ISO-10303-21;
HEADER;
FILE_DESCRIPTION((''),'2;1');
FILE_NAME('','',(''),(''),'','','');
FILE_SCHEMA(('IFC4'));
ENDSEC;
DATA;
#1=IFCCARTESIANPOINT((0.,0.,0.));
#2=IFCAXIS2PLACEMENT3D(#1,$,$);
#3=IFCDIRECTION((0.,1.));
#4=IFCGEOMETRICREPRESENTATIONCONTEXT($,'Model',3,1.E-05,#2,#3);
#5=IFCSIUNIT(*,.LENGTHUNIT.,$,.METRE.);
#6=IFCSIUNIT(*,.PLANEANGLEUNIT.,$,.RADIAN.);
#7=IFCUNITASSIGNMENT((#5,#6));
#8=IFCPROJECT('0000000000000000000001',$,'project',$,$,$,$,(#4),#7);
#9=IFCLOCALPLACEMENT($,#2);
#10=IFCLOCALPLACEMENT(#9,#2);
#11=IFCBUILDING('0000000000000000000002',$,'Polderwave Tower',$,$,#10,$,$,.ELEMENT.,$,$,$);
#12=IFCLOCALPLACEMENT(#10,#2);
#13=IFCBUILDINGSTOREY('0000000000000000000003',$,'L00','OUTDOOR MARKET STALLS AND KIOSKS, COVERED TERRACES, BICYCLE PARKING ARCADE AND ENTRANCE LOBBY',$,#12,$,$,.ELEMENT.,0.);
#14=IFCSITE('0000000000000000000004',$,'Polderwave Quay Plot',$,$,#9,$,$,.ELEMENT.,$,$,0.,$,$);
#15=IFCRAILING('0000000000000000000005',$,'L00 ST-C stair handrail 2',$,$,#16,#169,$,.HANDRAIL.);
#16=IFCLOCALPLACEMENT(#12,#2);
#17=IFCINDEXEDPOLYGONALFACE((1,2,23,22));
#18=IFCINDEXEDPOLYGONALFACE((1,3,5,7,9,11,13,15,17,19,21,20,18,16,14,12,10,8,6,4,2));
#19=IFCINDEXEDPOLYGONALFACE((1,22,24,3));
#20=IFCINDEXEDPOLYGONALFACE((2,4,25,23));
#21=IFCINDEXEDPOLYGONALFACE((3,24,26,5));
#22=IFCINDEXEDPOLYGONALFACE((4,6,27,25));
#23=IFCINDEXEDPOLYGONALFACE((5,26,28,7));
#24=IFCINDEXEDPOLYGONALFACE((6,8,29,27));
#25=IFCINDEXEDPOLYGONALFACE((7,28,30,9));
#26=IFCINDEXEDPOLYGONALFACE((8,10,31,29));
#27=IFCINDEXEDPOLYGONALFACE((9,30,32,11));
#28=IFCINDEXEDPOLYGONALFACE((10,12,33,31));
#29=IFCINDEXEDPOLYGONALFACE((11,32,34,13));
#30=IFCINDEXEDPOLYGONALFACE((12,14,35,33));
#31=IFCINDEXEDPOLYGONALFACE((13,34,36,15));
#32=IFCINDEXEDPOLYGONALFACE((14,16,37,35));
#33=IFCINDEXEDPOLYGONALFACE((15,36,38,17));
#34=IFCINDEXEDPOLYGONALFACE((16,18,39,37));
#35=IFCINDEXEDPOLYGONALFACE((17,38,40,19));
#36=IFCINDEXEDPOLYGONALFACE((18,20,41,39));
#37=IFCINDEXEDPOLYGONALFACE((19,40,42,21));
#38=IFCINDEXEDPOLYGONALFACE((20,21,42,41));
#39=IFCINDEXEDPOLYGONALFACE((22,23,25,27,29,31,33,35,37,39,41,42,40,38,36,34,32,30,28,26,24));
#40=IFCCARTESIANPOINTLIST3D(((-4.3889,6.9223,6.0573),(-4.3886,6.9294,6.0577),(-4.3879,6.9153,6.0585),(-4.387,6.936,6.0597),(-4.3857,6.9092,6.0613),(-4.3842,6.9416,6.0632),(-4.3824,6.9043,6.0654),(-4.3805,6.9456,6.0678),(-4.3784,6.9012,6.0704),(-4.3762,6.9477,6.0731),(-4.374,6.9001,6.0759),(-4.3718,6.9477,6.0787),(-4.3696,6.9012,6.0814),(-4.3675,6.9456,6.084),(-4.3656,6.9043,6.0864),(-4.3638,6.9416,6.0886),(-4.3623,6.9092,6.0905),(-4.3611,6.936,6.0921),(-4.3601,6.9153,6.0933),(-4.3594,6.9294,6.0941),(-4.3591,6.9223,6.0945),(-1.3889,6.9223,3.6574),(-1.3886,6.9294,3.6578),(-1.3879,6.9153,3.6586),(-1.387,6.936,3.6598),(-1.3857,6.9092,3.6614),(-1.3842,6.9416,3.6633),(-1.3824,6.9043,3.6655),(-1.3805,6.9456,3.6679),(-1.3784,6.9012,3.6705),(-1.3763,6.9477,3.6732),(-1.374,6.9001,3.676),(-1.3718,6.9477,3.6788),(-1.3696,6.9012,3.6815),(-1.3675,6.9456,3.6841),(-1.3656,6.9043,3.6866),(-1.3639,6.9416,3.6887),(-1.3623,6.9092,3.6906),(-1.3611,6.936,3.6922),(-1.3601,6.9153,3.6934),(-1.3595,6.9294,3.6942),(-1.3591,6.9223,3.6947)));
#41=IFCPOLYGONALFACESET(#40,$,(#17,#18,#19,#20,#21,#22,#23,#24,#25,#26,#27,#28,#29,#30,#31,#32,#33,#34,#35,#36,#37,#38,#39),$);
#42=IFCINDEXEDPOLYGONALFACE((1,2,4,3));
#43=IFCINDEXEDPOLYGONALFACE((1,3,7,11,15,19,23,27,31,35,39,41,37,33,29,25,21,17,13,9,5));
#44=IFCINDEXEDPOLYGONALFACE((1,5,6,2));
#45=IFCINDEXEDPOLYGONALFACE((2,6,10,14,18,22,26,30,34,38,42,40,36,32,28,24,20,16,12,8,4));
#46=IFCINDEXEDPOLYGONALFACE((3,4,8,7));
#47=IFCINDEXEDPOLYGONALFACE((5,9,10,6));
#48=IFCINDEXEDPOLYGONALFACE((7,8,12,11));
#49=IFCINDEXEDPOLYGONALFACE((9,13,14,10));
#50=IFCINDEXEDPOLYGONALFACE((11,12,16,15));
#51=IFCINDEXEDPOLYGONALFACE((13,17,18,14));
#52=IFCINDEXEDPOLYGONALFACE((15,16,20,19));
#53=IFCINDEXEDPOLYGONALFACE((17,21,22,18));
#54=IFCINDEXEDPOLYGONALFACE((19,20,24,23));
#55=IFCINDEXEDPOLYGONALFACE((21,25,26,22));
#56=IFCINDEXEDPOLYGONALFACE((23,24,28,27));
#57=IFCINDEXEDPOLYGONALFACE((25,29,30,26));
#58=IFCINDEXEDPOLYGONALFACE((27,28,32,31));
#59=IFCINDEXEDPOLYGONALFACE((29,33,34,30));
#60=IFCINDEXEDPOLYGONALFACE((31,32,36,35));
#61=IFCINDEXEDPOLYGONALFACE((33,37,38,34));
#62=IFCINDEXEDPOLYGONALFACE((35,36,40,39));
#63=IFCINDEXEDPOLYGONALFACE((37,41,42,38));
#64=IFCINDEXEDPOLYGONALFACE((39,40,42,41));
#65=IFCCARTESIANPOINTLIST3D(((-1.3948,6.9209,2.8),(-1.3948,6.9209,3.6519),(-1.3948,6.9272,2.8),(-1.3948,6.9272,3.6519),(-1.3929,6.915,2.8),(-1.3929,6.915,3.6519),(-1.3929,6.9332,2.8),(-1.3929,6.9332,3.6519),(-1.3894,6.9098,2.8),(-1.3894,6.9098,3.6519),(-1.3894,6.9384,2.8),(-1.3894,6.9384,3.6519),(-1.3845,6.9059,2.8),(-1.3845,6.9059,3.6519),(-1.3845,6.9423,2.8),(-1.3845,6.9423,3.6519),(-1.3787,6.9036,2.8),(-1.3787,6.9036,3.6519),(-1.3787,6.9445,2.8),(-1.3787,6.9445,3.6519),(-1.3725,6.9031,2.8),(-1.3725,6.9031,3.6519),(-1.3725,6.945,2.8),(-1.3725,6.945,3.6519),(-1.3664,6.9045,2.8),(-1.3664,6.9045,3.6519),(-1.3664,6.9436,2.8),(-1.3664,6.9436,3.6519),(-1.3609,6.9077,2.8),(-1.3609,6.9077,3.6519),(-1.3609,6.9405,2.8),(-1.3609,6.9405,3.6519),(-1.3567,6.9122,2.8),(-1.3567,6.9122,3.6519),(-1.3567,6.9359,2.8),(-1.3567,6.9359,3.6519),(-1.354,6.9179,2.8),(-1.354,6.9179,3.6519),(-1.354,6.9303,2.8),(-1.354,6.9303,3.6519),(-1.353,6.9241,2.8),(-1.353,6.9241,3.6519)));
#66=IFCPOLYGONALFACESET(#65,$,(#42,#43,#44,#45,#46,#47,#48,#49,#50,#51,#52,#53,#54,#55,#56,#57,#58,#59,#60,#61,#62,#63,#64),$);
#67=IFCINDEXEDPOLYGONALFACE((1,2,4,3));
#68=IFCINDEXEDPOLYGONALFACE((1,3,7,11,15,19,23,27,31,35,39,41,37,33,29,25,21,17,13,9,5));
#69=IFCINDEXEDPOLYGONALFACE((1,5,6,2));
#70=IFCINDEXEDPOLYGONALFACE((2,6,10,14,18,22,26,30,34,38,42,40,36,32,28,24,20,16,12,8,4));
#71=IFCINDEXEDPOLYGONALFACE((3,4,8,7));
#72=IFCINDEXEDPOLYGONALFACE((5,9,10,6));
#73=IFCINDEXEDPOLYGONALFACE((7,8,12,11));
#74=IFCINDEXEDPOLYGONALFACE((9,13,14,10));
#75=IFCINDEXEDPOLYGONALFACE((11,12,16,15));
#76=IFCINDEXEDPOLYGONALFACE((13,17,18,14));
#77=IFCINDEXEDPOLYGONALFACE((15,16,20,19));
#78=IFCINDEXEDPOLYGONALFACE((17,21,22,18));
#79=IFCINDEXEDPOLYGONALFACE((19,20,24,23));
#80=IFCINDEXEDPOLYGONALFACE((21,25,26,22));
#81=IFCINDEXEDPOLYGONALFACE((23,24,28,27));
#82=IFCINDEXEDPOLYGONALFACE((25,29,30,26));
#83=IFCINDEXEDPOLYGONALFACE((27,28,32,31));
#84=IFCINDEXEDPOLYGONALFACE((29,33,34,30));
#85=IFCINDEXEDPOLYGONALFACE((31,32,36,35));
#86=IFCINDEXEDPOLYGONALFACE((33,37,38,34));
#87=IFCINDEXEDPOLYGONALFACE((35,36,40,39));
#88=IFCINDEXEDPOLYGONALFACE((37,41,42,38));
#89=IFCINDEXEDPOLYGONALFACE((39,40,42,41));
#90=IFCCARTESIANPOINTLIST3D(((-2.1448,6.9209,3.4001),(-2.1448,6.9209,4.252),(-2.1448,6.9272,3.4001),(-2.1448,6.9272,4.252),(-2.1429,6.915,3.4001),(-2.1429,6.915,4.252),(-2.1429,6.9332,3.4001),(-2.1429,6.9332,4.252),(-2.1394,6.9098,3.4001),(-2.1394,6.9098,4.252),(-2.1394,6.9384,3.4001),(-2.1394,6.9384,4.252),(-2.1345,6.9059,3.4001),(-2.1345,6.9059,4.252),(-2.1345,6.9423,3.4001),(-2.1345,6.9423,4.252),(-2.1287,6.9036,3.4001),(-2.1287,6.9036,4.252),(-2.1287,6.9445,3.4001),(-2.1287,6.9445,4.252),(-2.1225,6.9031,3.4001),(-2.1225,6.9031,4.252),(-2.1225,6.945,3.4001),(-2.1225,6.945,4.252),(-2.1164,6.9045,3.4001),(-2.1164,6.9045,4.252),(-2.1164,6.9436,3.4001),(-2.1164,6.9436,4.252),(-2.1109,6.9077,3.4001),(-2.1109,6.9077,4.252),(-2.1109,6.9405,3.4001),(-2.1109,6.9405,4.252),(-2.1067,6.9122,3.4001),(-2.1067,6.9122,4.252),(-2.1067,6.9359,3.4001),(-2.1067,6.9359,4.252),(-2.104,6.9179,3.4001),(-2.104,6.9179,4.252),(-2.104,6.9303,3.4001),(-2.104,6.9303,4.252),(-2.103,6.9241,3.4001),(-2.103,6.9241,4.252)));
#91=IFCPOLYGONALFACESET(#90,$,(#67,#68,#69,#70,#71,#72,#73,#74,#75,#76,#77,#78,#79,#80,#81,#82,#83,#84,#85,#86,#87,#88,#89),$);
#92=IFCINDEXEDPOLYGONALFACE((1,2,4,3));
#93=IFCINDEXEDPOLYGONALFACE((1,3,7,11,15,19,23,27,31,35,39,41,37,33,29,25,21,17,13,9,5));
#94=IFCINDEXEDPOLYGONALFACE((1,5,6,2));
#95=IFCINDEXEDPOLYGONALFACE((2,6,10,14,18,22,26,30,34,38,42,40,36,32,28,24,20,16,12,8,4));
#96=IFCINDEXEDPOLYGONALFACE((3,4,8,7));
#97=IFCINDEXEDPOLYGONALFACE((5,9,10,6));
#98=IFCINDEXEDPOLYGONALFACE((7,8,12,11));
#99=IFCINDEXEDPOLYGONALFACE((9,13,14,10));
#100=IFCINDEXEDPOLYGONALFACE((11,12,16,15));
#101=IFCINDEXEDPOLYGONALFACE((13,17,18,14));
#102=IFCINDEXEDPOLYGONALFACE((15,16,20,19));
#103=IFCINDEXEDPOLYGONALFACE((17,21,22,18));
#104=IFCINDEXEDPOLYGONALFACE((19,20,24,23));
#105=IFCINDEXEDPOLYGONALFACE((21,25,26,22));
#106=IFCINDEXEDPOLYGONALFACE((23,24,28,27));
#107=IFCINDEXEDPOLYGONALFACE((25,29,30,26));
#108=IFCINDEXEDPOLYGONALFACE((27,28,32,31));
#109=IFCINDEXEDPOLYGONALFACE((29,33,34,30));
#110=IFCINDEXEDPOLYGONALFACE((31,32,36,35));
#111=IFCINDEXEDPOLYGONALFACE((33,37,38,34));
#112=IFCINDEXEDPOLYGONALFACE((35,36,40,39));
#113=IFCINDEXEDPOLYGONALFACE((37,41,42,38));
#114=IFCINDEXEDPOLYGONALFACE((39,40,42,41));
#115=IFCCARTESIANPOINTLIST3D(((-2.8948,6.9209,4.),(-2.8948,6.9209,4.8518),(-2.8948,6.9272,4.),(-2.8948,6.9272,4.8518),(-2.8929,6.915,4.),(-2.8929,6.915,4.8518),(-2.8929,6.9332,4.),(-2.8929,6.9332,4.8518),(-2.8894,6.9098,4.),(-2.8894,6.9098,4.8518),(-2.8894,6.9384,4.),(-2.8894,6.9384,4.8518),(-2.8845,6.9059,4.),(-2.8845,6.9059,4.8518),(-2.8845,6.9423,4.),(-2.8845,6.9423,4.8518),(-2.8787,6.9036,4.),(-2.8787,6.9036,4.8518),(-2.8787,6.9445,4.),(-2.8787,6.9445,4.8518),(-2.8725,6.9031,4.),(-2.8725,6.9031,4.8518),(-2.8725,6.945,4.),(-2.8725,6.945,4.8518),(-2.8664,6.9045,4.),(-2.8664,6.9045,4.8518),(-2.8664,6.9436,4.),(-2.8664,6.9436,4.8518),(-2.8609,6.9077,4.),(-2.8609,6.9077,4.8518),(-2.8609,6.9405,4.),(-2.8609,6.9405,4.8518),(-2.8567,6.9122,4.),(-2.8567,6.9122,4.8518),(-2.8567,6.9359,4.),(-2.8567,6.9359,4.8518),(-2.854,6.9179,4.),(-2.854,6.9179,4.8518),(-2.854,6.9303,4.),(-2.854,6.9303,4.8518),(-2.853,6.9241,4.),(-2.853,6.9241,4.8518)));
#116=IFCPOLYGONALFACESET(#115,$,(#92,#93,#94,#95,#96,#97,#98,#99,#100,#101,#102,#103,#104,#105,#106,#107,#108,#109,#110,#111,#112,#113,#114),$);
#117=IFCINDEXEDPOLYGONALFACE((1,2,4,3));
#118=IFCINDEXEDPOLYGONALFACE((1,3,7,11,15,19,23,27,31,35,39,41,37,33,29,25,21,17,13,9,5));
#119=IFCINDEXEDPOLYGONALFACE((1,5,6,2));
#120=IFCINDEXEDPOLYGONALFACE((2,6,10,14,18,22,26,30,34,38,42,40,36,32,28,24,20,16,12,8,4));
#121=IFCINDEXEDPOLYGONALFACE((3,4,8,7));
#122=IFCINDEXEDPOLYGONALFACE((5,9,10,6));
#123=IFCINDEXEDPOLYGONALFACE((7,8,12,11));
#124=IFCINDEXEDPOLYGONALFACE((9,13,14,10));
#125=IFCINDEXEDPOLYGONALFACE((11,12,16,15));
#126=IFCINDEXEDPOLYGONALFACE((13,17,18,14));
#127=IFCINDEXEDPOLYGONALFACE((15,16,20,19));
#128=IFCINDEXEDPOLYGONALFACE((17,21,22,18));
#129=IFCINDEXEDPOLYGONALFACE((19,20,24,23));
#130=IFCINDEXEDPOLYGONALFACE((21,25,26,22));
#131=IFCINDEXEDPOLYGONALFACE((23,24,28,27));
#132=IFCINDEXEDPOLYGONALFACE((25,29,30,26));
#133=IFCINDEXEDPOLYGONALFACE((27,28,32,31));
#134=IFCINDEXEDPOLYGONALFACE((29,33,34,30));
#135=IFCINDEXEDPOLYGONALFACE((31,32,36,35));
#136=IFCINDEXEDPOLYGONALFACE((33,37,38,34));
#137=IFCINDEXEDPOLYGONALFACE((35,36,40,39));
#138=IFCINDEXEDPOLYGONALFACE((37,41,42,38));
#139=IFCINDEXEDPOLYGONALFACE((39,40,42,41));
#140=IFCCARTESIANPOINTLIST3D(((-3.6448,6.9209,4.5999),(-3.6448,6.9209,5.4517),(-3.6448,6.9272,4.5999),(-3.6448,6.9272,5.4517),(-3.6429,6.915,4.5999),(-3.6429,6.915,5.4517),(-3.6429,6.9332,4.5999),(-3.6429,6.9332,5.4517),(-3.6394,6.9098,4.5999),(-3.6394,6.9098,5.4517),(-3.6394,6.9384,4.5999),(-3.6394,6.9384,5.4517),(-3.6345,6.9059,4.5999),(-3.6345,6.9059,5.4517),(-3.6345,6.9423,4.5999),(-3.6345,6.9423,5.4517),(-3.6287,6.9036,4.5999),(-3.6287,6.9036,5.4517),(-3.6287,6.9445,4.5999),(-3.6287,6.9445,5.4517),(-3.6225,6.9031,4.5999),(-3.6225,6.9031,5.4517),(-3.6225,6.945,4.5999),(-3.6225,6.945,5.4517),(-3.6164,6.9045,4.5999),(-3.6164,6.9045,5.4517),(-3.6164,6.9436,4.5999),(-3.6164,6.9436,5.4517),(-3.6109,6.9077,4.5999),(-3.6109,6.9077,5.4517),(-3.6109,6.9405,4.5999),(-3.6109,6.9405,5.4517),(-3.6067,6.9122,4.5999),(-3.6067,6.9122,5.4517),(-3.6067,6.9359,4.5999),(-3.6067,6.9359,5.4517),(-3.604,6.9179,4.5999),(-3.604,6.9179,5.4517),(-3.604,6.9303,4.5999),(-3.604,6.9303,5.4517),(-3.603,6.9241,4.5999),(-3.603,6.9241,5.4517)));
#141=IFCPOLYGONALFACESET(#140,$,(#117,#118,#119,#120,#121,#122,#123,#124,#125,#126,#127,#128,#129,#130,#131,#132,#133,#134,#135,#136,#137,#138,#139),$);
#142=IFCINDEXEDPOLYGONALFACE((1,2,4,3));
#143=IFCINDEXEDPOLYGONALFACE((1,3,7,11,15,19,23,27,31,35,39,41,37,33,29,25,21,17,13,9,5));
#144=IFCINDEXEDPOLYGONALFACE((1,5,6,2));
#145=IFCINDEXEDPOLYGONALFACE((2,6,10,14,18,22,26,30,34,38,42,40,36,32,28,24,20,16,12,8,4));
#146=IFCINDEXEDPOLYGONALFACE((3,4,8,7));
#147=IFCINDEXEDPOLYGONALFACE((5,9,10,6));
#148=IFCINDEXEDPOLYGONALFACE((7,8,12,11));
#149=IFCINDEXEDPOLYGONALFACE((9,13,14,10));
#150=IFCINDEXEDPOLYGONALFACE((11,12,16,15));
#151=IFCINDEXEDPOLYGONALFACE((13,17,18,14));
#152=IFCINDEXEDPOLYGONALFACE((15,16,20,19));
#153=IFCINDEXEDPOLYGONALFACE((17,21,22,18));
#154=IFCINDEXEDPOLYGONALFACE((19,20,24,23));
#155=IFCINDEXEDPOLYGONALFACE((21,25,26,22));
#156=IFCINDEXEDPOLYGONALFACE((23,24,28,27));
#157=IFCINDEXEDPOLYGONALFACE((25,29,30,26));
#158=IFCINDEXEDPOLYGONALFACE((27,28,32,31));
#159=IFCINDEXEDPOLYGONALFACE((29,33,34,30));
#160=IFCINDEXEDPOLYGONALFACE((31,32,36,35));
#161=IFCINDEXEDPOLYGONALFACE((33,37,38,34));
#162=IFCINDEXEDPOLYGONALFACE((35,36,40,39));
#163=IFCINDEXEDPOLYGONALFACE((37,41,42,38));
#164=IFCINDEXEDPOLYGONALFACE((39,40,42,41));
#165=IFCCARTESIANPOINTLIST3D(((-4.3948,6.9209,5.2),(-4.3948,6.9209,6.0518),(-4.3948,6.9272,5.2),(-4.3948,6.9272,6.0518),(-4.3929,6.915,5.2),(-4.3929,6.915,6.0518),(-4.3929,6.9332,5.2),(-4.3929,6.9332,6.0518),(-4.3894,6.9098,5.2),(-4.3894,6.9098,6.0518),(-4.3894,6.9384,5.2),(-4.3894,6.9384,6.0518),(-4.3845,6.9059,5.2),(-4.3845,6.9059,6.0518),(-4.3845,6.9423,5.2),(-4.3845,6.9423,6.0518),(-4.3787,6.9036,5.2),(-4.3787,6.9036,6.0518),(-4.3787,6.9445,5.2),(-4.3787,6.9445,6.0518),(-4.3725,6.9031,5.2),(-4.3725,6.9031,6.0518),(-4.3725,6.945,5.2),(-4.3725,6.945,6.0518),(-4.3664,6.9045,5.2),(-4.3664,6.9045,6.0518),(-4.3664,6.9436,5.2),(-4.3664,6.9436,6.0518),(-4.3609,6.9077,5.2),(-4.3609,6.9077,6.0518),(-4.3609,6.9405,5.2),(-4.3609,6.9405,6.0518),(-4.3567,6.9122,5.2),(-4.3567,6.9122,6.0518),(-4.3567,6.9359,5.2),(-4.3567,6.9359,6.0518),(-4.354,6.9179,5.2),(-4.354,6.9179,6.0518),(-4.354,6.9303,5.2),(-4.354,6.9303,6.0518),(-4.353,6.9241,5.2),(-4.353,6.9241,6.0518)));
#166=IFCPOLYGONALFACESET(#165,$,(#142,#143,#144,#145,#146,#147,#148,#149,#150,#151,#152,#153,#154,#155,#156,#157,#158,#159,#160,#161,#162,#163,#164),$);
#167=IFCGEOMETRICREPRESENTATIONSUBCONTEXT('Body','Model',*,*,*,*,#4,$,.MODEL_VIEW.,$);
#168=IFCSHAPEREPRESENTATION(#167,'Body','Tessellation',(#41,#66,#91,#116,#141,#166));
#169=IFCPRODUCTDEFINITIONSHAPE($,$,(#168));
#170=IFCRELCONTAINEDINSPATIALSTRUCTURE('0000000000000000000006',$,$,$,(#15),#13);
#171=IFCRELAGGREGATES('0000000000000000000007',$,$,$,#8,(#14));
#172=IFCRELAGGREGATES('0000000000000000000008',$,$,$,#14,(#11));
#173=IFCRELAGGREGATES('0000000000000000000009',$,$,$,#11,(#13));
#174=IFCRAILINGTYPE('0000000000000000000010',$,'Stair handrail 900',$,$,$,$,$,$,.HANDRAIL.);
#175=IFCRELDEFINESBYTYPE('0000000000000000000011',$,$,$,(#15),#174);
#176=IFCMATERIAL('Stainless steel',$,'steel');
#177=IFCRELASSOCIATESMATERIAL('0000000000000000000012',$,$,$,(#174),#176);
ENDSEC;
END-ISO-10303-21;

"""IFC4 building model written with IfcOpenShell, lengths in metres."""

from ifc_helpers import new_model, si_unit, direction, frame, origin, origin_2d, place, context, subcontext, project, spatial, circle, extrude, material, type_object, element, save


model = new_model("IFC4")

# Units and contexts
model_context = context("Model", 3, precision=1e-05, world=origin(), true_north=direction((0.0, 1.0)))
body_context = subcontext(model_context, "Body", "Model", "MODEL_VIEW")
ifc_project = project(units=[si_unit("LENGTHUNIT", "METRE"), si_unit("PLANEANGLEUNIT", "RADIAN")], contexts=[model_context])

# Site, building, storey
site_placement = place(None, origin())
site = spatial("IfcSite", under=ifc_project, at=site_placement, Name="Polderwave Quay Plot", CompositionType="ELEMENT", RefElevation=0.0)
building_placement = place(site_placement, origin())
building = spatial("IfcBuilding", under=site, at=building_placement, Name="Polderwave Tower", CompositionType="ELEMENT")
storey_placement = place(building_placement, origin())
storey = spatial("IfcBuildingStorey", under=building, at=storey_placement, Name="L00", Description="OUTDOOR MARKET STALLS AND KIOSKS, COVERED TERRACES, BICYCLE PARKING ARCADE AND ENTRANCE LOBBY", CompositionType="ELEMENT", Elevation=0.0)

# Railing
ifc_material_1 = material(Name="Stainless steel", Category="steel")
railing_type_1 = type_object("IfcRailingType", Name="Stair handrail 900", PredefinedType="HANDRAIL", material=ifc_material_1)
railing_1_placement = place(storey_placement, frame((-1.374, 6.9241, 2.8)))
element("IfcRailing", 1, at=railing_1_placement, inside=storey, type_object=railing_type_1, Name="L00 ST-C stair handrail 2", PredefinedType="HANDRAIL", context=body_context, shape_type="SweptSolid", body=[
    extrude(circle(Radius=0.0239, at=origin_2d()), frame((0.0, 0.0, 0.876), z_axis=(-0.780881, 0.0, 0.62468), x_axis=(0.0, -1.0, 0.0)), (0.0, 0.0, 1.0), 3.8418),
    extrude(circle(Radius=0.021, at=origin_2d()), origin(), (0.0, 0.0, 1.0), 0.8518),
    extrude(circle(Radius=0.021, at=origin_2d()), frame((-0.75, 0.0, 0.6001)), (0.0, 0.0, 1.0), 0.8518),
    extrude(circle(Radius=0.021, at=origin_2d()), frame((-1.5, 0.0, 1.2)), (0.0, 0.0, 1.0), 0.8518),
    extrude(circle(Radius=0.021, at=origin_2d()), frame((-2.25, 0.0, 1.7998)), (0.0, 0.0, 1.0), 0.8518),
    extrude(circle(Radius=0.021, at=origin_2d()), frame((-3.0, 0.0, 2.3999)), (0.0, 0.0, 1.0), 0.8518),
])

save(model, "model.ifc")
